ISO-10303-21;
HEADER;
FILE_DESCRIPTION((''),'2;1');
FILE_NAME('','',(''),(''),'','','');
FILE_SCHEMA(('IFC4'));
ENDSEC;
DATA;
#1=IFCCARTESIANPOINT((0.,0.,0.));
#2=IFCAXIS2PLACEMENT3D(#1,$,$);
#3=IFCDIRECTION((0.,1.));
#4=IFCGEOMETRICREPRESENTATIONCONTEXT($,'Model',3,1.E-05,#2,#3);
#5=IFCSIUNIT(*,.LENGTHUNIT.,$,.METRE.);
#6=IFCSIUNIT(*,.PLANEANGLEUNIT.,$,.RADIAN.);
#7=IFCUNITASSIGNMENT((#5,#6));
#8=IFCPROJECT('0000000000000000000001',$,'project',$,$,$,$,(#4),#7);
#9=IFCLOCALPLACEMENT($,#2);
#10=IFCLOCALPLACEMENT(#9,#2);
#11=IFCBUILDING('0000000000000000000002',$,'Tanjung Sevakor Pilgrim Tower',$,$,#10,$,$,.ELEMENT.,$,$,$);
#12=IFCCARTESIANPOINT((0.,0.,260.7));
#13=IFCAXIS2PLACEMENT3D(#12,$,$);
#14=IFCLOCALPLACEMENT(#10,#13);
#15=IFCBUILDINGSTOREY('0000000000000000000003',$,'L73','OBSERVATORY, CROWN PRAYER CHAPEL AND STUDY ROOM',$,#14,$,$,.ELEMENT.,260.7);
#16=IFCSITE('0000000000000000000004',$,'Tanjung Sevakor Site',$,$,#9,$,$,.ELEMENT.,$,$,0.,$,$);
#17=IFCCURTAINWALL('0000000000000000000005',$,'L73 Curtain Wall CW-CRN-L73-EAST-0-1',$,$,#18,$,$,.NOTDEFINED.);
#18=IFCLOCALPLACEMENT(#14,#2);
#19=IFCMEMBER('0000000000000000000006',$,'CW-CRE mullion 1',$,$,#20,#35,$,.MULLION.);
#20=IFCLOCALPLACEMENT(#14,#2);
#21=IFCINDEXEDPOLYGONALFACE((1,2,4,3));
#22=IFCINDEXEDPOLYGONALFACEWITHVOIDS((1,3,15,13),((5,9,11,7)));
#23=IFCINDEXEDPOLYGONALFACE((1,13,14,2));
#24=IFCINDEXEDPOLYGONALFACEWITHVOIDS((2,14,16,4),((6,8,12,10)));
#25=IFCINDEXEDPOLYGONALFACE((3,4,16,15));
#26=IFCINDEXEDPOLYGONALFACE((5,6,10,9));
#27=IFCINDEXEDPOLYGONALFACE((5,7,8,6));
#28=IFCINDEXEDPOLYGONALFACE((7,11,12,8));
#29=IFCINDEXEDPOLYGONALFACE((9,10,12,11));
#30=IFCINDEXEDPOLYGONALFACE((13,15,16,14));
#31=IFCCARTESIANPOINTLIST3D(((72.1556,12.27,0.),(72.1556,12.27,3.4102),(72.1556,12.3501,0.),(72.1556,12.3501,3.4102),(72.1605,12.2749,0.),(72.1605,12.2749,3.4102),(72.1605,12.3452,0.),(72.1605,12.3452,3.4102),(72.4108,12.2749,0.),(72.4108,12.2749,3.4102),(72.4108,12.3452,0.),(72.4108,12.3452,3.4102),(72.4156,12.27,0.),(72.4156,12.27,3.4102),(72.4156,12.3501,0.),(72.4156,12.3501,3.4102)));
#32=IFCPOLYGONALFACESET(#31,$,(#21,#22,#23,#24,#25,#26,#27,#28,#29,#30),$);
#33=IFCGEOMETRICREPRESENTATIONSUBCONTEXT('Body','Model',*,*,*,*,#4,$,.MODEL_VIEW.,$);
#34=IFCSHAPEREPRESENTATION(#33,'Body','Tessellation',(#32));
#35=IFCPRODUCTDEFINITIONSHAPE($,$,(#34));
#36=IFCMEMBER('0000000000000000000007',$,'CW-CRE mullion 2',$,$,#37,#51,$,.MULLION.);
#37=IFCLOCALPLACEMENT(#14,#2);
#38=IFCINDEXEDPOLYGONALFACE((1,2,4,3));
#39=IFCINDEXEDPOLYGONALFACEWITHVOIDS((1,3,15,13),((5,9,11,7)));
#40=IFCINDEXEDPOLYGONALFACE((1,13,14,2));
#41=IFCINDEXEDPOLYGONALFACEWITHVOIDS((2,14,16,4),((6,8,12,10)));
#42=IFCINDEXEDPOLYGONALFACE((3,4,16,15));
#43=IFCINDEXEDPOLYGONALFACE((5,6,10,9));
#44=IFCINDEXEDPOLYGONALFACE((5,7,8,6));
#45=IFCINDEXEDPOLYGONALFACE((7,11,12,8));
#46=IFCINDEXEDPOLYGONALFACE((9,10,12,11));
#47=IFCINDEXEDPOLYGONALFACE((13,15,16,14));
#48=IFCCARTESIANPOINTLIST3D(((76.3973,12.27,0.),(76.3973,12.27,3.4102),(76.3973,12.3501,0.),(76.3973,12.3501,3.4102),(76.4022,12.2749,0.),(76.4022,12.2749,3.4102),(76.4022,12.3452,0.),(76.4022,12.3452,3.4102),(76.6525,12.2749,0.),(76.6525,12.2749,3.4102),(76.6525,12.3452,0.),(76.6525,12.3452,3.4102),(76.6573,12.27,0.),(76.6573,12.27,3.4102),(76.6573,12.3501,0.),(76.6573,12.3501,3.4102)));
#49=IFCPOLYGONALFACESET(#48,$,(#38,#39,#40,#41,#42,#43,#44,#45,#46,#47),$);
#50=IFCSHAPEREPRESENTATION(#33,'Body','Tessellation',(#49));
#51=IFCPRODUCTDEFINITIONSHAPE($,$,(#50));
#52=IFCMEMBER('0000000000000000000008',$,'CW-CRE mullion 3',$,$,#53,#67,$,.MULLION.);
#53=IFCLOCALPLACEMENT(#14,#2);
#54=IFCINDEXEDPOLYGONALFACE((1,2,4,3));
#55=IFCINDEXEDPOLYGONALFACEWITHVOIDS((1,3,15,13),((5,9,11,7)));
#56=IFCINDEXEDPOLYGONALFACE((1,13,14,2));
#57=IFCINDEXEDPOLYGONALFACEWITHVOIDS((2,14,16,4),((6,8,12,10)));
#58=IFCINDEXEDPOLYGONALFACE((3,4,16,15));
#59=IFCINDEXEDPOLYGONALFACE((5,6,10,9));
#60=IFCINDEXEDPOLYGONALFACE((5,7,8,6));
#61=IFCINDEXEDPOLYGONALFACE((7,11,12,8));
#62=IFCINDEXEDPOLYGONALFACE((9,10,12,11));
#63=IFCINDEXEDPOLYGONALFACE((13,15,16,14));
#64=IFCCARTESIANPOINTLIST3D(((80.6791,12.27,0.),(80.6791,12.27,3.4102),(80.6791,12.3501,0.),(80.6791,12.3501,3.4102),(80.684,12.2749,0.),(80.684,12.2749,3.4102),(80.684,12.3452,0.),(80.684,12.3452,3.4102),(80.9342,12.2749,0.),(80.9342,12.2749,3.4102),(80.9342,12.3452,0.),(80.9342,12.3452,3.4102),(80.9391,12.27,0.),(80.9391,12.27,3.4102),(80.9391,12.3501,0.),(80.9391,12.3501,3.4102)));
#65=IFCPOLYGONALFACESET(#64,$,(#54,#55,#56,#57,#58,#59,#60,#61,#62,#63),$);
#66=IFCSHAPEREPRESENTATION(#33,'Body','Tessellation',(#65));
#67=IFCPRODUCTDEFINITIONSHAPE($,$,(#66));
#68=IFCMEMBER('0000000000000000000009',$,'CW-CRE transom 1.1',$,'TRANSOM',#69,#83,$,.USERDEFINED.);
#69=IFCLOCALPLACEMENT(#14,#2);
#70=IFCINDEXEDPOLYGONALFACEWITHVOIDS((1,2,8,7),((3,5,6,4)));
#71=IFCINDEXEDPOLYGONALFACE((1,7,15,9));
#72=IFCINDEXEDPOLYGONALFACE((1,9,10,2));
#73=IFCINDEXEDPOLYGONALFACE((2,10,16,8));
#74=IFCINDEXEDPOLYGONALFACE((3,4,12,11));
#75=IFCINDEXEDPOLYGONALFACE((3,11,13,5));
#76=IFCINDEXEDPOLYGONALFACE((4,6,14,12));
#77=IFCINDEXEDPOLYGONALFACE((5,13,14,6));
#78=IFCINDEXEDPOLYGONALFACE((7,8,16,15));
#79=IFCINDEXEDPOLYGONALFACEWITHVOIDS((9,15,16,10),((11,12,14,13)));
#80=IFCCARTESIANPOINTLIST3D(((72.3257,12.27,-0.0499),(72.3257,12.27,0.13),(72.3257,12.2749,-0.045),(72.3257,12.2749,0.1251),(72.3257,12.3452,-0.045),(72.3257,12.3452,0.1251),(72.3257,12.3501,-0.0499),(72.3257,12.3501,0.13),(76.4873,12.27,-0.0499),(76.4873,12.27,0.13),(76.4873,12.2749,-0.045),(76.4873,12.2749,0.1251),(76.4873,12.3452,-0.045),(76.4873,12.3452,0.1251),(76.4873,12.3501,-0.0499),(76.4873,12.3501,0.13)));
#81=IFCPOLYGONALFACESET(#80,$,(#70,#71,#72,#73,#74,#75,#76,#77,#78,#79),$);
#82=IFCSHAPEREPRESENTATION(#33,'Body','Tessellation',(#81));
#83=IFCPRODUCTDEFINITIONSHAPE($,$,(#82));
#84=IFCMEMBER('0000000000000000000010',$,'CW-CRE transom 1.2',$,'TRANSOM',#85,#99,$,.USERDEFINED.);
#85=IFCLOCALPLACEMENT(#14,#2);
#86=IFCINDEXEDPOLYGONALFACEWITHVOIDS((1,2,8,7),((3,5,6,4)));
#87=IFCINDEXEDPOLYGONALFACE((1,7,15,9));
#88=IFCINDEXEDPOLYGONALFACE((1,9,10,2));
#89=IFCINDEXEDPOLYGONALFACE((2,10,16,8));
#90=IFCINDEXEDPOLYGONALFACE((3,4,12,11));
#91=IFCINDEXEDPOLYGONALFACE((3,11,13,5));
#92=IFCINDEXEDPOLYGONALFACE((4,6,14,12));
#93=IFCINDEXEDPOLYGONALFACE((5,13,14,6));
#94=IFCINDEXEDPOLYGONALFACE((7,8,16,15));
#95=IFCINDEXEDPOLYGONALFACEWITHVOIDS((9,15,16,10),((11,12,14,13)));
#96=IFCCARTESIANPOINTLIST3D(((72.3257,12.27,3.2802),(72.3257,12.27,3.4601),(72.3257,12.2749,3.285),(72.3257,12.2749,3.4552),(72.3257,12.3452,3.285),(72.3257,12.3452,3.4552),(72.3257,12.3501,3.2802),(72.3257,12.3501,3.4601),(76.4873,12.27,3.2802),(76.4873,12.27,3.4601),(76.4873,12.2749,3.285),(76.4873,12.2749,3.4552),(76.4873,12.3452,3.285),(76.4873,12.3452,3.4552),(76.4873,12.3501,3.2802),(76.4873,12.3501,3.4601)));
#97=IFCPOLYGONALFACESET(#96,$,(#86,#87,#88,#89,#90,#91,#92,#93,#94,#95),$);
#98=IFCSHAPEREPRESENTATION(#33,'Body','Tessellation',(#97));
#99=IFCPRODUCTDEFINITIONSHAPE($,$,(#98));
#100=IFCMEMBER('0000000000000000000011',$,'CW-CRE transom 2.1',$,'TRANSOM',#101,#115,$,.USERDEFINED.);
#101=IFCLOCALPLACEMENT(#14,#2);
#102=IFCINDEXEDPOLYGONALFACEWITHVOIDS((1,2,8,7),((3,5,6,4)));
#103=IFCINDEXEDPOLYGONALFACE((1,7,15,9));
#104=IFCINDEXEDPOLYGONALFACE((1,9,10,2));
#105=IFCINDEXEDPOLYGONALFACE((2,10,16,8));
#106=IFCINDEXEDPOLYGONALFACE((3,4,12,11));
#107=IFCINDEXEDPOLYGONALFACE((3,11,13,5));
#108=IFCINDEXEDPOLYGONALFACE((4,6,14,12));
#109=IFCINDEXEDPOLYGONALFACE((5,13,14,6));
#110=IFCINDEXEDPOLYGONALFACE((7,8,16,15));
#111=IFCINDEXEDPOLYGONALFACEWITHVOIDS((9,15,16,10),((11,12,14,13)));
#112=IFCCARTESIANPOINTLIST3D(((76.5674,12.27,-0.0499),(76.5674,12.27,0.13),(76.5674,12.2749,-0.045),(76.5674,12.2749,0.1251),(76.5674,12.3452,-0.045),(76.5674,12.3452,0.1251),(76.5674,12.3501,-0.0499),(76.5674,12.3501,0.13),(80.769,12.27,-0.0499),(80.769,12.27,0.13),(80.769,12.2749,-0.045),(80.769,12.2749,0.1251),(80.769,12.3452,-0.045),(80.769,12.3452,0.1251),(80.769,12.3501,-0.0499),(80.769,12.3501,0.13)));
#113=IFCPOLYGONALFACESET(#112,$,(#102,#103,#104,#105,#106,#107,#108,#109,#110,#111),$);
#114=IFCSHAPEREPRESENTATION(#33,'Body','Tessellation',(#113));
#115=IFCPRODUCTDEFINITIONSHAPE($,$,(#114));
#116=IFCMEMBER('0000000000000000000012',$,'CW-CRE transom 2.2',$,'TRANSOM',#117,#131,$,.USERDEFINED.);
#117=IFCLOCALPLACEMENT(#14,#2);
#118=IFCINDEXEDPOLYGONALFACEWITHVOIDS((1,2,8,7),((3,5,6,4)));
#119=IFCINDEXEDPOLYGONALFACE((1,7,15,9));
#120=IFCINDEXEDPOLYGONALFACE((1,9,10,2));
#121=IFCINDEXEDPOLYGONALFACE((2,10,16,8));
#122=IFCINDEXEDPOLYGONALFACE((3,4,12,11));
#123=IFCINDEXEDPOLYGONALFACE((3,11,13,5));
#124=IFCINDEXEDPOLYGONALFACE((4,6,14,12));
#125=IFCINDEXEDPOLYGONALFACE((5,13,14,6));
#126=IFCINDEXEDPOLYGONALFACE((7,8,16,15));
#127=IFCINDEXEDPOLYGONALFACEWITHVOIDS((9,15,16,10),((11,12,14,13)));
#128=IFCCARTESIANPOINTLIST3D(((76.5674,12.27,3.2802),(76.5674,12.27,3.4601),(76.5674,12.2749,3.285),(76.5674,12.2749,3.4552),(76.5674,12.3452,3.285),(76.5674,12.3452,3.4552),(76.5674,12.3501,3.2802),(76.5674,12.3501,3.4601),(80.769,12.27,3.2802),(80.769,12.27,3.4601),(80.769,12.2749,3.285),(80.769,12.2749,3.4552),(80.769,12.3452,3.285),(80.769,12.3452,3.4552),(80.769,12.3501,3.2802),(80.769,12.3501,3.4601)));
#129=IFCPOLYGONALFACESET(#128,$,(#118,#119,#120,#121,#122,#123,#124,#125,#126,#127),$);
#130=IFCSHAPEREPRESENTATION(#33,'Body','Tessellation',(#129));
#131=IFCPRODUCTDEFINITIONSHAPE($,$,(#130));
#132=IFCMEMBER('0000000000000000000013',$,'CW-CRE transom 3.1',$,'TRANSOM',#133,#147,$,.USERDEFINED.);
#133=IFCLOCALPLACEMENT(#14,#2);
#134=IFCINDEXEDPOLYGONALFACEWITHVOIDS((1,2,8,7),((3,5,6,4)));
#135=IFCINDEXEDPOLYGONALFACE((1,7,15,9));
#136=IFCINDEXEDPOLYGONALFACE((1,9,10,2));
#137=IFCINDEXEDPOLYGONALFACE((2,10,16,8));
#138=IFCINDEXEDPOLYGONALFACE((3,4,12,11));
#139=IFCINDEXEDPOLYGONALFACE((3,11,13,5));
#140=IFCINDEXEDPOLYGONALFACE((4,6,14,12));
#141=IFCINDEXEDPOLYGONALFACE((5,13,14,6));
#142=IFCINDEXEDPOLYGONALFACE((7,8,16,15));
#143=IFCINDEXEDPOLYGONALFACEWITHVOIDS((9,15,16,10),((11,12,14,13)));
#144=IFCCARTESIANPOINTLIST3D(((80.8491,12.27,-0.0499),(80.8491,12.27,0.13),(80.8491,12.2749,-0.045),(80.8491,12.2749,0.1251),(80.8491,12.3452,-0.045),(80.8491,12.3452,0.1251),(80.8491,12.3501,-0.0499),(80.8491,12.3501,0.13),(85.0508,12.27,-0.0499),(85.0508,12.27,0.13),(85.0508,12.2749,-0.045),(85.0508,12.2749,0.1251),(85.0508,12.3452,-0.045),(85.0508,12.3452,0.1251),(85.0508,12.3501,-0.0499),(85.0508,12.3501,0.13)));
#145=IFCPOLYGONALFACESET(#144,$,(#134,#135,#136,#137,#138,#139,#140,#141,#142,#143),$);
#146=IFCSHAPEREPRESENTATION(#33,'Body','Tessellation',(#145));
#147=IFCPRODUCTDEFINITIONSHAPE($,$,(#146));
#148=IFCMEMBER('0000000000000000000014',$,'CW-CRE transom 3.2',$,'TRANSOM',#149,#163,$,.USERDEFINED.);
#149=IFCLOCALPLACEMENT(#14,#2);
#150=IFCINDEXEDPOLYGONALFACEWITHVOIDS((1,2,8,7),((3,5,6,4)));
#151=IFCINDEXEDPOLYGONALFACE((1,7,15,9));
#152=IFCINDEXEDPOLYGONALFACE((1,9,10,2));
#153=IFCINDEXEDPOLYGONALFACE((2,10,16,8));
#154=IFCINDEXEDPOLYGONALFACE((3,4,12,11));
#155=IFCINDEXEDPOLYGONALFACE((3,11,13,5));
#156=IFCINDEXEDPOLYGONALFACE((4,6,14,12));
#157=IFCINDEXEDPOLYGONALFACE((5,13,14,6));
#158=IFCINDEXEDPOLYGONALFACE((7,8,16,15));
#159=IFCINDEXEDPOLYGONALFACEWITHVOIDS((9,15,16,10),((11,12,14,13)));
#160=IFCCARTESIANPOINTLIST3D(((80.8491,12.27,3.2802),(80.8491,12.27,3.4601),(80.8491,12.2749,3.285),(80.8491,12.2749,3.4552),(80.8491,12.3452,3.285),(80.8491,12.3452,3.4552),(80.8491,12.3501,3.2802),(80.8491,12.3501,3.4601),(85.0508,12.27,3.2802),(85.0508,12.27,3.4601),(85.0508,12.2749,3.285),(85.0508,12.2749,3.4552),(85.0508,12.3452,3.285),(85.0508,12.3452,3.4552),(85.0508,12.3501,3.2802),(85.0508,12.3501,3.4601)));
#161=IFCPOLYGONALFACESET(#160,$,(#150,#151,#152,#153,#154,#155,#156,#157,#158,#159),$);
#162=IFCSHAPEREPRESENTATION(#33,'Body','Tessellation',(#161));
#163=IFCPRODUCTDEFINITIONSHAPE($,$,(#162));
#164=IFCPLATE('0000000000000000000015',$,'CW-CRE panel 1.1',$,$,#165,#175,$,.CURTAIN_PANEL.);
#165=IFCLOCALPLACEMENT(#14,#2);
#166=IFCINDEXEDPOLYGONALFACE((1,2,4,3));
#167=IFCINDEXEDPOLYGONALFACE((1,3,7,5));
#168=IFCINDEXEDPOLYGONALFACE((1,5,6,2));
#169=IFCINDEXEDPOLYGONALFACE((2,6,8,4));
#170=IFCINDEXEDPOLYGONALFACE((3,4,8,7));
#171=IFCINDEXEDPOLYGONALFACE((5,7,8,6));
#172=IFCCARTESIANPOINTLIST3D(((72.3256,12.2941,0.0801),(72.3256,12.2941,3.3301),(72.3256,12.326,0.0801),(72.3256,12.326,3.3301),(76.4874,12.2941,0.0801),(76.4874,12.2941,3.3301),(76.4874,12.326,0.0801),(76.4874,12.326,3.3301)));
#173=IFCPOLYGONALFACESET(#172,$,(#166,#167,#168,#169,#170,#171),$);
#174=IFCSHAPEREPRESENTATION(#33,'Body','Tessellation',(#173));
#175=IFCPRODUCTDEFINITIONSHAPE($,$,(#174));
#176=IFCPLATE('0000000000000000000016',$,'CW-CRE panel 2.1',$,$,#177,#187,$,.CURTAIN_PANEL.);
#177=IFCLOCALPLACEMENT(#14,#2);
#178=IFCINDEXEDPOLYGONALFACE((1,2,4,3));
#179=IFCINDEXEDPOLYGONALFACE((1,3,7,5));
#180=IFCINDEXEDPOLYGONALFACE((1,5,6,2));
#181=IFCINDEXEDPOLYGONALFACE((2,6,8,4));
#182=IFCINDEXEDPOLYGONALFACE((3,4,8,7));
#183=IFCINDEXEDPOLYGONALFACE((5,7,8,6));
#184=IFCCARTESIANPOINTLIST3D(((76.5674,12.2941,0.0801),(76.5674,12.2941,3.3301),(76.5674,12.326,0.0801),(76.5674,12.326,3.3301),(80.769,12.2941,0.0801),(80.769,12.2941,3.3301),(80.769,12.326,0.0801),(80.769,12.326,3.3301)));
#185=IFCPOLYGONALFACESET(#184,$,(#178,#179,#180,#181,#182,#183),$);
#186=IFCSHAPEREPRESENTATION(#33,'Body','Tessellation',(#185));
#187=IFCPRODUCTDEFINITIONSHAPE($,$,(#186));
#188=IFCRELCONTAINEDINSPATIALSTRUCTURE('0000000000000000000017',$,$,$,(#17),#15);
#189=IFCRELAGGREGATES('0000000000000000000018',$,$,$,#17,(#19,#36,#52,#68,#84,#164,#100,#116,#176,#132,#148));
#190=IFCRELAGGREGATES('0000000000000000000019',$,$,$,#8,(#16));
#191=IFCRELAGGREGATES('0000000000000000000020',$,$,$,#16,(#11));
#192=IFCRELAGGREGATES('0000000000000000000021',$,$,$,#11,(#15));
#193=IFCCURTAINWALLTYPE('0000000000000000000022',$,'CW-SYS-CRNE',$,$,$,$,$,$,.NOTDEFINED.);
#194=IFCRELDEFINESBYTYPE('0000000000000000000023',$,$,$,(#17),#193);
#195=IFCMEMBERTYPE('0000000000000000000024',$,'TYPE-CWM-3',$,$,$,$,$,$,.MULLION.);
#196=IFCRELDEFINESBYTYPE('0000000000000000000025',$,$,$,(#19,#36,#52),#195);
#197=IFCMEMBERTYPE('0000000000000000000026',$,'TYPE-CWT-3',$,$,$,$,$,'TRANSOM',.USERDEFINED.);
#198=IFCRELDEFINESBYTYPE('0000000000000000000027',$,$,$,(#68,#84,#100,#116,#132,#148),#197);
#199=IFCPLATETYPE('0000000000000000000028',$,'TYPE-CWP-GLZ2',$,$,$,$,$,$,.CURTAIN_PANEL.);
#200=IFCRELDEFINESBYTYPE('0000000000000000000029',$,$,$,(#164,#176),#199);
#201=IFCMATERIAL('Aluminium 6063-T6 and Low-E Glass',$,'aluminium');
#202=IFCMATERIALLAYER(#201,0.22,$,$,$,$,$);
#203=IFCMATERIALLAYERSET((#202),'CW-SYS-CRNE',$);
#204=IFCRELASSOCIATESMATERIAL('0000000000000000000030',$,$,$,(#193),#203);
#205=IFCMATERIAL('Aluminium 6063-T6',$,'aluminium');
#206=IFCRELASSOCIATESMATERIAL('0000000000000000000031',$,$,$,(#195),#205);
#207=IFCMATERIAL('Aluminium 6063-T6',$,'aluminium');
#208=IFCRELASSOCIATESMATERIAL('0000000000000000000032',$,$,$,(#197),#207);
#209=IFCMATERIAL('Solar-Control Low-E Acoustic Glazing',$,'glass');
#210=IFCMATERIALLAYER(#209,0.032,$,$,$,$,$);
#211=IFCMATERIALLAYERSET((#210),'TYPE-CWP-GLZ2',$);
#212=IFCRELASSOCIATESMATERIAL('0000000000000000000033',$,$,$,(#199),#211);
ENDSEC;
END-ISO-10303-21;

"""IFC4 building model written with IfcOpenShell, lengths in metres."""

from ifc_helpers import new_model, si_unit, direction, frame, origin, origin_2d, place, context, subcontext, project, spatial, rectangle, hollow_rectangle, extrude, material, layer, layer_set, material_profile, profile_set, type_object, element, aggregate, save


model = new_model("IFC4")

# Units and contexts
model_context = context("Model", 3, precision=1e-05, world=origin(), true_north=direction((0.0, 1.0)))
body_context = subcontext(model_context, "Body", "Model", "MODEL_VIEW")
ifc_project = project(units=[si_unit("LENGTHUNIT", "METRE"), si_unit("PLANEANGLEUNIT", "RADIAN")], contexts=[model_context])

# Site, building, storey
site_placement = place(None, origin())
site = spatial("IfcSite", under=ifc_project, at=site_placement, Name="Tanjung Sevakor Site", CompositionType="ELEMENT", RefElevation=0.0)
building_placement = place(site_placement, origin())
building = spatial("IfcBuilding", under=site, at=building_placement, Name="Tanjung Sevakor Pilgrim Tower", CompositionType="ELEMENT")
storey_placement = place(building_placement, frame((0.0, 0.0, 260.7)))
storey = spatial("IfcBuildingStorey", under=building, at=storey_placement, Name="L73", Description="OBSERVATORY, CROWN PRAYER CHAPEL AND STUDY ROOM", CompositionType="ELEMENT", Elevation=260.7)

# Curtain wall, members, plates
ifc_material_1 = material(Name="Aluminium 6063-T6 and Low-E Glass", Category="aluminium")
ifc_layer_1 = layer(ifc_material_1, 0.22)
ifc_layer_set_1 = layer_set([ifc_layer_1], Name="CW-SYS-CRNE")
curtain_wall_type = type_object("IfcCurtainWallType", Name="CW-SYS-CRNE", PredefinedType="NOTDEFINED", material=ifc_layer_set_1)
curtain_wall_placement = place(storey_placement, origin())
curtain_wall = element("IfcCurtainWall", 1, at=curtain_wall_placement, inside=storey, type_object=curtain_wall_type, Name="L73 Curtain Wall CW-CRN-L73-EAST-0-1", PredefinedType="NOTDEFINED")
ifc_material_2 = material(Name="Aluminium 6063-T6", Category="aluminium")
ifc_material_profile_1 = material_profile(ifc_material_2, hollow_rectangle(XDim=0.0801, YDim=0.26, WallThickness=0.0049, at=origin_2d()))
ifc_profile_set_1 = profile_set([ifc_material_profile_1], Name="Aluminium 6063-T6")
member_type_1 = type_object("IfcMemberType", Name="TYPE-CWM-3", PredefinedType="MULLION", material=ifc_profile_set_1)
member_1_placement = place(storey_placement, frame((72.2856, 12.3101, 0.0), z_axis=(0.0, 0.0, 1.0), x_axis=(0.0, 1.0, 0.0)))
member_1 = element("IfcMember", 2, at=member_1_placement, type_object=member_type_1, Name="CW-CRE mullion 1", PredefinedType="MULLION", context=body_context, shape_type="SweptSolid", body=[
    extrude(hollow_rectangle(XDim=0.0801, YDim=0.26, WallThickness=0.0049, at=origin_2d()), origin(), (0.0, 0.0, 1.0), 3.4102),
])
member_2_placement = place(storey_placement, frame((76.5273, 12.3101, 0.0), z_axis=(0.0, 0.0, 1.0), x_axis=(0.0, 1.0, 0.0)))
member_2 = element("IfcMember", 3, at=member_2_placement, type_object=member_type_1, Name="CW-CRE mullion 2", PredefinedType="MULLION", context=body_context, shape_type="SweptSolid", body=[
    extrude(hollow_rectangle(XDim=0.0801, YDim=0.26, WallThickness=0.0049, at=origin_2d()), origin(), (0.0, 0.0, 1.0), 3.4102),
])
member_3_placement = place(storey_placement, frame((80.8091, 12.3101, 0.0), z_axis=(0.0, 0.0, 1.0), x_axis=(0.0, 1.0, 0.0)))
member_3 = element("IfcMember", 4, at=member_3_placement, type_object=member_type_1, Name="CW-CRE mullion 3", PredefinedType="MULLION", context=body_context, shape_type="SweptSolid", body=[
    extrude(hollow_rectangle(XDim=0.0801, YDim=0.26, WallThickness=0.0049, at=origin_2d()), origin(), (0.0, 0.0, 1.0), 3.4102),
])
ifc_material_3 = material(Name="Aluminium 6063-T6", Category="aluminium")
ifc_material_profile_2 = material_profile(ifc_material_3, hollow_rectangle(XDim=0.0801, YDim=0.1799, WallThickness=0.0049, at=origin_2d()))
ifc_profile_set_2 = profile_set([ifc_material_profile_2], Name="Aluminium 6063-T6")
member_type_2 = type_object("IfcMemberType", Name="TYPE-CWT-3", ElementType="TRANSOM", PredefinedType="USERDEFINED", material=ifc_profile_set_2)
member_4_placement = place(storey_placement, frame((72.3257, 12.3101, 0.04), z_axis=(1.0, 0.0, 0.0), x_axis=(0.0, 1.0, 0.0)))
member_4 = element("IfcMember", 5, at=member_4_placement, type_object=member_type_2, Name="CW-CRE transom 1.1", ObjectType="TRANSOM", PredefinedType="USERDEFINED", context=body_context, shape_type="SweptSolid", body=[
    extrude(hollow_rectangle(XDim=0.0801, YDim=0.1799, WallThickness=0.0049, at=origin_2d()), origin(), (0.0, 0.0, 1.0), 4.1616),
])
member_5_placement = place(storey_placement, frame((72.3257, 12.3101, 3.3701), z_axis=(1.0, 0.0, 0.0), x_axis=(0.0, 1.0, 0.0)))
member_5 = element("IfcMember", 6, at=member_5_placement, type_object=member_type_2, Name="CW-CRE transom 1.2", ObjectType="TRANSOM", PredefinedType="USERDEFINED", context=body_context, shape_type="SweptSolid", body=[
    extrude(hollow_rectangle(XDim=0.0801, YDim=0.1799, WallThickness=0.0049, at=origin_2d()), origin(), (0.0, 0.0, 1.0), 4.1616),
])
member_6_placement = place(storey_placement, frame((76.5674, 12.3101, 0.04), z_axis=(1.0, 0.0, 0.0), x_axis=(0.0, 1.0, 0.0)))
member_6 = element("IfcMember", 7, at=member_6_placement, type_object=member_type_2, Name="CW-CRE transom 2.1", ObjectType="TRANSOM", PredefinedType="USERDEFINED", context=body_context, shape_type="SweptSolid", body=[
    extrude(hollow_rectangle(XDim=0.0801, YDim=0.1799, WallThickness=0.0049, at=origin_2d()), origin(), (0.0, 0.0, 1.0), 4.2017),
])
member_7_placement = place(storey_placement, frame((76.5674, 12.3101, 3.3701), z_axis=(1.0, 0.0, 0.0), x_axis=(0.0, 1.0, 0.0)))
member_7 = element("IfcMember", 8, at=member_7_placement, type_object=member_type_2, Name="CW-CRE transom 2.2", ObjectType="TRANSOM", PredefinedType="USERDEFINED", context=body_context, shape_type="SweptSolid", body=[
    extrude(hollow_rectangle(XDim=0.0801, YDim=0.1799, WallThickness=0.0049, at=origin_2d()), origin(), (0.0, 0.0, 1.0), 4.2017),
])
member_8_placement = place(storey_placement, frame((80.8491, 12.3101, 0.04), z_axis=(1.0, 0.0, 0.0), x_axis=(0.0, 1.0, 0.0)))
member_8 = element("IfcMember", 9, at=member_8_placement, type_object=member_type_2, Name="CW-CRE transom 3.1", ObjectType="TRANSOM", PredefinedType="USERDEFINED", context=body_context, shape_type="SweptSolid", body=[
    extrude(hollow_rectangle(XDim=0.0801, YDim=0.1799, WallThickness=0.0049, at=origin_2d()), origin(), (0.0, 0.0, 1.0), 4.2017),
])
member_9_placement = place(storey_placement, frame((80.8491, 12.3101, 3.3701), z_axis=(1.0, 0.0, 0.0), x_axis=(0.0, 1.0, 0.0)))
member_9 = element("IfcMember", 10, at=member_9_placement, type_object=member_type_2, Name="CW-CRE transom 3.2", ObjectType="TRANSOM", PredefinedType="USERDEFINED", context=body_context, shape_type="SweptSolid", body=[
    extrude(hollow_rectangle(XDim=0.0801, YDim=0.1799, WallThickness=0.0049, at=origin_2d()), origin(), (0.0, 0.0, 1.0), 4.2017),
])
ifc_material_4 = material(Name="Solar-Control Low-E Acoustic Glazing", Category="glass")
ifc_layer_2 = layer(ifc_material_4, 0.032)
ifc_layer_set_2 = layer_set([ifc_layer_2], Name="TYPE-CWP-GLZ2")
plate_type = type_object("IfcPlateType", Name="TYPE-CWP-GLZ2", PredefinedType="CURTAIN_PANEL", material=ifc_layer_set_2)
plate_1_placement = place(storey_placement, frame((74.4065, 12.3101, 0.0801), z_axis=(0.0, 0.0, 1.0), x_axis=(1.0, 0.0, 0.0)))
plate_1 = element("IfcPlate", 11, at=plate_1_placement, type_object=plate_type, Name="CW-CRE panel 1.1", PredefinedType="CURTAIN_PANEL", context=body_context, shape_type="SweptSolid", body=[
    extrude(rectangle(XDim=4.1619, YDim=0.032, at=origin_2d()), origin(), (0.0, 0.0, 1.0), 3.25),
])
plate_2_placement = place(storey_placement, frame((78.6682, 12.3101, 0.0801), z_axis=(0.0, 0.0, 1.0), x_axis=(1.0, 0.0, 0.0)))
plate_2 = element("IfcPlate", 12, at=plate_2_placement, type_object=plate_type, Name="CW-CRE panel 2.1", PredefinedType="CURTAIN_PANEL", context=body_context, shape_type="SweptSolid", body=[
    extrude(rectangle(XDim=4.2017, YDim=0.032, at=origin_2d()), origin(), (0.0, 0.0, 1.0), 3.25),
])
aggregate(curtain_wall, [member_1, member_2, member_3, member_4, member_5, plate_1, member_6, member_7, plate_2, member_8, member_9])

save(model, "model.ifc")
